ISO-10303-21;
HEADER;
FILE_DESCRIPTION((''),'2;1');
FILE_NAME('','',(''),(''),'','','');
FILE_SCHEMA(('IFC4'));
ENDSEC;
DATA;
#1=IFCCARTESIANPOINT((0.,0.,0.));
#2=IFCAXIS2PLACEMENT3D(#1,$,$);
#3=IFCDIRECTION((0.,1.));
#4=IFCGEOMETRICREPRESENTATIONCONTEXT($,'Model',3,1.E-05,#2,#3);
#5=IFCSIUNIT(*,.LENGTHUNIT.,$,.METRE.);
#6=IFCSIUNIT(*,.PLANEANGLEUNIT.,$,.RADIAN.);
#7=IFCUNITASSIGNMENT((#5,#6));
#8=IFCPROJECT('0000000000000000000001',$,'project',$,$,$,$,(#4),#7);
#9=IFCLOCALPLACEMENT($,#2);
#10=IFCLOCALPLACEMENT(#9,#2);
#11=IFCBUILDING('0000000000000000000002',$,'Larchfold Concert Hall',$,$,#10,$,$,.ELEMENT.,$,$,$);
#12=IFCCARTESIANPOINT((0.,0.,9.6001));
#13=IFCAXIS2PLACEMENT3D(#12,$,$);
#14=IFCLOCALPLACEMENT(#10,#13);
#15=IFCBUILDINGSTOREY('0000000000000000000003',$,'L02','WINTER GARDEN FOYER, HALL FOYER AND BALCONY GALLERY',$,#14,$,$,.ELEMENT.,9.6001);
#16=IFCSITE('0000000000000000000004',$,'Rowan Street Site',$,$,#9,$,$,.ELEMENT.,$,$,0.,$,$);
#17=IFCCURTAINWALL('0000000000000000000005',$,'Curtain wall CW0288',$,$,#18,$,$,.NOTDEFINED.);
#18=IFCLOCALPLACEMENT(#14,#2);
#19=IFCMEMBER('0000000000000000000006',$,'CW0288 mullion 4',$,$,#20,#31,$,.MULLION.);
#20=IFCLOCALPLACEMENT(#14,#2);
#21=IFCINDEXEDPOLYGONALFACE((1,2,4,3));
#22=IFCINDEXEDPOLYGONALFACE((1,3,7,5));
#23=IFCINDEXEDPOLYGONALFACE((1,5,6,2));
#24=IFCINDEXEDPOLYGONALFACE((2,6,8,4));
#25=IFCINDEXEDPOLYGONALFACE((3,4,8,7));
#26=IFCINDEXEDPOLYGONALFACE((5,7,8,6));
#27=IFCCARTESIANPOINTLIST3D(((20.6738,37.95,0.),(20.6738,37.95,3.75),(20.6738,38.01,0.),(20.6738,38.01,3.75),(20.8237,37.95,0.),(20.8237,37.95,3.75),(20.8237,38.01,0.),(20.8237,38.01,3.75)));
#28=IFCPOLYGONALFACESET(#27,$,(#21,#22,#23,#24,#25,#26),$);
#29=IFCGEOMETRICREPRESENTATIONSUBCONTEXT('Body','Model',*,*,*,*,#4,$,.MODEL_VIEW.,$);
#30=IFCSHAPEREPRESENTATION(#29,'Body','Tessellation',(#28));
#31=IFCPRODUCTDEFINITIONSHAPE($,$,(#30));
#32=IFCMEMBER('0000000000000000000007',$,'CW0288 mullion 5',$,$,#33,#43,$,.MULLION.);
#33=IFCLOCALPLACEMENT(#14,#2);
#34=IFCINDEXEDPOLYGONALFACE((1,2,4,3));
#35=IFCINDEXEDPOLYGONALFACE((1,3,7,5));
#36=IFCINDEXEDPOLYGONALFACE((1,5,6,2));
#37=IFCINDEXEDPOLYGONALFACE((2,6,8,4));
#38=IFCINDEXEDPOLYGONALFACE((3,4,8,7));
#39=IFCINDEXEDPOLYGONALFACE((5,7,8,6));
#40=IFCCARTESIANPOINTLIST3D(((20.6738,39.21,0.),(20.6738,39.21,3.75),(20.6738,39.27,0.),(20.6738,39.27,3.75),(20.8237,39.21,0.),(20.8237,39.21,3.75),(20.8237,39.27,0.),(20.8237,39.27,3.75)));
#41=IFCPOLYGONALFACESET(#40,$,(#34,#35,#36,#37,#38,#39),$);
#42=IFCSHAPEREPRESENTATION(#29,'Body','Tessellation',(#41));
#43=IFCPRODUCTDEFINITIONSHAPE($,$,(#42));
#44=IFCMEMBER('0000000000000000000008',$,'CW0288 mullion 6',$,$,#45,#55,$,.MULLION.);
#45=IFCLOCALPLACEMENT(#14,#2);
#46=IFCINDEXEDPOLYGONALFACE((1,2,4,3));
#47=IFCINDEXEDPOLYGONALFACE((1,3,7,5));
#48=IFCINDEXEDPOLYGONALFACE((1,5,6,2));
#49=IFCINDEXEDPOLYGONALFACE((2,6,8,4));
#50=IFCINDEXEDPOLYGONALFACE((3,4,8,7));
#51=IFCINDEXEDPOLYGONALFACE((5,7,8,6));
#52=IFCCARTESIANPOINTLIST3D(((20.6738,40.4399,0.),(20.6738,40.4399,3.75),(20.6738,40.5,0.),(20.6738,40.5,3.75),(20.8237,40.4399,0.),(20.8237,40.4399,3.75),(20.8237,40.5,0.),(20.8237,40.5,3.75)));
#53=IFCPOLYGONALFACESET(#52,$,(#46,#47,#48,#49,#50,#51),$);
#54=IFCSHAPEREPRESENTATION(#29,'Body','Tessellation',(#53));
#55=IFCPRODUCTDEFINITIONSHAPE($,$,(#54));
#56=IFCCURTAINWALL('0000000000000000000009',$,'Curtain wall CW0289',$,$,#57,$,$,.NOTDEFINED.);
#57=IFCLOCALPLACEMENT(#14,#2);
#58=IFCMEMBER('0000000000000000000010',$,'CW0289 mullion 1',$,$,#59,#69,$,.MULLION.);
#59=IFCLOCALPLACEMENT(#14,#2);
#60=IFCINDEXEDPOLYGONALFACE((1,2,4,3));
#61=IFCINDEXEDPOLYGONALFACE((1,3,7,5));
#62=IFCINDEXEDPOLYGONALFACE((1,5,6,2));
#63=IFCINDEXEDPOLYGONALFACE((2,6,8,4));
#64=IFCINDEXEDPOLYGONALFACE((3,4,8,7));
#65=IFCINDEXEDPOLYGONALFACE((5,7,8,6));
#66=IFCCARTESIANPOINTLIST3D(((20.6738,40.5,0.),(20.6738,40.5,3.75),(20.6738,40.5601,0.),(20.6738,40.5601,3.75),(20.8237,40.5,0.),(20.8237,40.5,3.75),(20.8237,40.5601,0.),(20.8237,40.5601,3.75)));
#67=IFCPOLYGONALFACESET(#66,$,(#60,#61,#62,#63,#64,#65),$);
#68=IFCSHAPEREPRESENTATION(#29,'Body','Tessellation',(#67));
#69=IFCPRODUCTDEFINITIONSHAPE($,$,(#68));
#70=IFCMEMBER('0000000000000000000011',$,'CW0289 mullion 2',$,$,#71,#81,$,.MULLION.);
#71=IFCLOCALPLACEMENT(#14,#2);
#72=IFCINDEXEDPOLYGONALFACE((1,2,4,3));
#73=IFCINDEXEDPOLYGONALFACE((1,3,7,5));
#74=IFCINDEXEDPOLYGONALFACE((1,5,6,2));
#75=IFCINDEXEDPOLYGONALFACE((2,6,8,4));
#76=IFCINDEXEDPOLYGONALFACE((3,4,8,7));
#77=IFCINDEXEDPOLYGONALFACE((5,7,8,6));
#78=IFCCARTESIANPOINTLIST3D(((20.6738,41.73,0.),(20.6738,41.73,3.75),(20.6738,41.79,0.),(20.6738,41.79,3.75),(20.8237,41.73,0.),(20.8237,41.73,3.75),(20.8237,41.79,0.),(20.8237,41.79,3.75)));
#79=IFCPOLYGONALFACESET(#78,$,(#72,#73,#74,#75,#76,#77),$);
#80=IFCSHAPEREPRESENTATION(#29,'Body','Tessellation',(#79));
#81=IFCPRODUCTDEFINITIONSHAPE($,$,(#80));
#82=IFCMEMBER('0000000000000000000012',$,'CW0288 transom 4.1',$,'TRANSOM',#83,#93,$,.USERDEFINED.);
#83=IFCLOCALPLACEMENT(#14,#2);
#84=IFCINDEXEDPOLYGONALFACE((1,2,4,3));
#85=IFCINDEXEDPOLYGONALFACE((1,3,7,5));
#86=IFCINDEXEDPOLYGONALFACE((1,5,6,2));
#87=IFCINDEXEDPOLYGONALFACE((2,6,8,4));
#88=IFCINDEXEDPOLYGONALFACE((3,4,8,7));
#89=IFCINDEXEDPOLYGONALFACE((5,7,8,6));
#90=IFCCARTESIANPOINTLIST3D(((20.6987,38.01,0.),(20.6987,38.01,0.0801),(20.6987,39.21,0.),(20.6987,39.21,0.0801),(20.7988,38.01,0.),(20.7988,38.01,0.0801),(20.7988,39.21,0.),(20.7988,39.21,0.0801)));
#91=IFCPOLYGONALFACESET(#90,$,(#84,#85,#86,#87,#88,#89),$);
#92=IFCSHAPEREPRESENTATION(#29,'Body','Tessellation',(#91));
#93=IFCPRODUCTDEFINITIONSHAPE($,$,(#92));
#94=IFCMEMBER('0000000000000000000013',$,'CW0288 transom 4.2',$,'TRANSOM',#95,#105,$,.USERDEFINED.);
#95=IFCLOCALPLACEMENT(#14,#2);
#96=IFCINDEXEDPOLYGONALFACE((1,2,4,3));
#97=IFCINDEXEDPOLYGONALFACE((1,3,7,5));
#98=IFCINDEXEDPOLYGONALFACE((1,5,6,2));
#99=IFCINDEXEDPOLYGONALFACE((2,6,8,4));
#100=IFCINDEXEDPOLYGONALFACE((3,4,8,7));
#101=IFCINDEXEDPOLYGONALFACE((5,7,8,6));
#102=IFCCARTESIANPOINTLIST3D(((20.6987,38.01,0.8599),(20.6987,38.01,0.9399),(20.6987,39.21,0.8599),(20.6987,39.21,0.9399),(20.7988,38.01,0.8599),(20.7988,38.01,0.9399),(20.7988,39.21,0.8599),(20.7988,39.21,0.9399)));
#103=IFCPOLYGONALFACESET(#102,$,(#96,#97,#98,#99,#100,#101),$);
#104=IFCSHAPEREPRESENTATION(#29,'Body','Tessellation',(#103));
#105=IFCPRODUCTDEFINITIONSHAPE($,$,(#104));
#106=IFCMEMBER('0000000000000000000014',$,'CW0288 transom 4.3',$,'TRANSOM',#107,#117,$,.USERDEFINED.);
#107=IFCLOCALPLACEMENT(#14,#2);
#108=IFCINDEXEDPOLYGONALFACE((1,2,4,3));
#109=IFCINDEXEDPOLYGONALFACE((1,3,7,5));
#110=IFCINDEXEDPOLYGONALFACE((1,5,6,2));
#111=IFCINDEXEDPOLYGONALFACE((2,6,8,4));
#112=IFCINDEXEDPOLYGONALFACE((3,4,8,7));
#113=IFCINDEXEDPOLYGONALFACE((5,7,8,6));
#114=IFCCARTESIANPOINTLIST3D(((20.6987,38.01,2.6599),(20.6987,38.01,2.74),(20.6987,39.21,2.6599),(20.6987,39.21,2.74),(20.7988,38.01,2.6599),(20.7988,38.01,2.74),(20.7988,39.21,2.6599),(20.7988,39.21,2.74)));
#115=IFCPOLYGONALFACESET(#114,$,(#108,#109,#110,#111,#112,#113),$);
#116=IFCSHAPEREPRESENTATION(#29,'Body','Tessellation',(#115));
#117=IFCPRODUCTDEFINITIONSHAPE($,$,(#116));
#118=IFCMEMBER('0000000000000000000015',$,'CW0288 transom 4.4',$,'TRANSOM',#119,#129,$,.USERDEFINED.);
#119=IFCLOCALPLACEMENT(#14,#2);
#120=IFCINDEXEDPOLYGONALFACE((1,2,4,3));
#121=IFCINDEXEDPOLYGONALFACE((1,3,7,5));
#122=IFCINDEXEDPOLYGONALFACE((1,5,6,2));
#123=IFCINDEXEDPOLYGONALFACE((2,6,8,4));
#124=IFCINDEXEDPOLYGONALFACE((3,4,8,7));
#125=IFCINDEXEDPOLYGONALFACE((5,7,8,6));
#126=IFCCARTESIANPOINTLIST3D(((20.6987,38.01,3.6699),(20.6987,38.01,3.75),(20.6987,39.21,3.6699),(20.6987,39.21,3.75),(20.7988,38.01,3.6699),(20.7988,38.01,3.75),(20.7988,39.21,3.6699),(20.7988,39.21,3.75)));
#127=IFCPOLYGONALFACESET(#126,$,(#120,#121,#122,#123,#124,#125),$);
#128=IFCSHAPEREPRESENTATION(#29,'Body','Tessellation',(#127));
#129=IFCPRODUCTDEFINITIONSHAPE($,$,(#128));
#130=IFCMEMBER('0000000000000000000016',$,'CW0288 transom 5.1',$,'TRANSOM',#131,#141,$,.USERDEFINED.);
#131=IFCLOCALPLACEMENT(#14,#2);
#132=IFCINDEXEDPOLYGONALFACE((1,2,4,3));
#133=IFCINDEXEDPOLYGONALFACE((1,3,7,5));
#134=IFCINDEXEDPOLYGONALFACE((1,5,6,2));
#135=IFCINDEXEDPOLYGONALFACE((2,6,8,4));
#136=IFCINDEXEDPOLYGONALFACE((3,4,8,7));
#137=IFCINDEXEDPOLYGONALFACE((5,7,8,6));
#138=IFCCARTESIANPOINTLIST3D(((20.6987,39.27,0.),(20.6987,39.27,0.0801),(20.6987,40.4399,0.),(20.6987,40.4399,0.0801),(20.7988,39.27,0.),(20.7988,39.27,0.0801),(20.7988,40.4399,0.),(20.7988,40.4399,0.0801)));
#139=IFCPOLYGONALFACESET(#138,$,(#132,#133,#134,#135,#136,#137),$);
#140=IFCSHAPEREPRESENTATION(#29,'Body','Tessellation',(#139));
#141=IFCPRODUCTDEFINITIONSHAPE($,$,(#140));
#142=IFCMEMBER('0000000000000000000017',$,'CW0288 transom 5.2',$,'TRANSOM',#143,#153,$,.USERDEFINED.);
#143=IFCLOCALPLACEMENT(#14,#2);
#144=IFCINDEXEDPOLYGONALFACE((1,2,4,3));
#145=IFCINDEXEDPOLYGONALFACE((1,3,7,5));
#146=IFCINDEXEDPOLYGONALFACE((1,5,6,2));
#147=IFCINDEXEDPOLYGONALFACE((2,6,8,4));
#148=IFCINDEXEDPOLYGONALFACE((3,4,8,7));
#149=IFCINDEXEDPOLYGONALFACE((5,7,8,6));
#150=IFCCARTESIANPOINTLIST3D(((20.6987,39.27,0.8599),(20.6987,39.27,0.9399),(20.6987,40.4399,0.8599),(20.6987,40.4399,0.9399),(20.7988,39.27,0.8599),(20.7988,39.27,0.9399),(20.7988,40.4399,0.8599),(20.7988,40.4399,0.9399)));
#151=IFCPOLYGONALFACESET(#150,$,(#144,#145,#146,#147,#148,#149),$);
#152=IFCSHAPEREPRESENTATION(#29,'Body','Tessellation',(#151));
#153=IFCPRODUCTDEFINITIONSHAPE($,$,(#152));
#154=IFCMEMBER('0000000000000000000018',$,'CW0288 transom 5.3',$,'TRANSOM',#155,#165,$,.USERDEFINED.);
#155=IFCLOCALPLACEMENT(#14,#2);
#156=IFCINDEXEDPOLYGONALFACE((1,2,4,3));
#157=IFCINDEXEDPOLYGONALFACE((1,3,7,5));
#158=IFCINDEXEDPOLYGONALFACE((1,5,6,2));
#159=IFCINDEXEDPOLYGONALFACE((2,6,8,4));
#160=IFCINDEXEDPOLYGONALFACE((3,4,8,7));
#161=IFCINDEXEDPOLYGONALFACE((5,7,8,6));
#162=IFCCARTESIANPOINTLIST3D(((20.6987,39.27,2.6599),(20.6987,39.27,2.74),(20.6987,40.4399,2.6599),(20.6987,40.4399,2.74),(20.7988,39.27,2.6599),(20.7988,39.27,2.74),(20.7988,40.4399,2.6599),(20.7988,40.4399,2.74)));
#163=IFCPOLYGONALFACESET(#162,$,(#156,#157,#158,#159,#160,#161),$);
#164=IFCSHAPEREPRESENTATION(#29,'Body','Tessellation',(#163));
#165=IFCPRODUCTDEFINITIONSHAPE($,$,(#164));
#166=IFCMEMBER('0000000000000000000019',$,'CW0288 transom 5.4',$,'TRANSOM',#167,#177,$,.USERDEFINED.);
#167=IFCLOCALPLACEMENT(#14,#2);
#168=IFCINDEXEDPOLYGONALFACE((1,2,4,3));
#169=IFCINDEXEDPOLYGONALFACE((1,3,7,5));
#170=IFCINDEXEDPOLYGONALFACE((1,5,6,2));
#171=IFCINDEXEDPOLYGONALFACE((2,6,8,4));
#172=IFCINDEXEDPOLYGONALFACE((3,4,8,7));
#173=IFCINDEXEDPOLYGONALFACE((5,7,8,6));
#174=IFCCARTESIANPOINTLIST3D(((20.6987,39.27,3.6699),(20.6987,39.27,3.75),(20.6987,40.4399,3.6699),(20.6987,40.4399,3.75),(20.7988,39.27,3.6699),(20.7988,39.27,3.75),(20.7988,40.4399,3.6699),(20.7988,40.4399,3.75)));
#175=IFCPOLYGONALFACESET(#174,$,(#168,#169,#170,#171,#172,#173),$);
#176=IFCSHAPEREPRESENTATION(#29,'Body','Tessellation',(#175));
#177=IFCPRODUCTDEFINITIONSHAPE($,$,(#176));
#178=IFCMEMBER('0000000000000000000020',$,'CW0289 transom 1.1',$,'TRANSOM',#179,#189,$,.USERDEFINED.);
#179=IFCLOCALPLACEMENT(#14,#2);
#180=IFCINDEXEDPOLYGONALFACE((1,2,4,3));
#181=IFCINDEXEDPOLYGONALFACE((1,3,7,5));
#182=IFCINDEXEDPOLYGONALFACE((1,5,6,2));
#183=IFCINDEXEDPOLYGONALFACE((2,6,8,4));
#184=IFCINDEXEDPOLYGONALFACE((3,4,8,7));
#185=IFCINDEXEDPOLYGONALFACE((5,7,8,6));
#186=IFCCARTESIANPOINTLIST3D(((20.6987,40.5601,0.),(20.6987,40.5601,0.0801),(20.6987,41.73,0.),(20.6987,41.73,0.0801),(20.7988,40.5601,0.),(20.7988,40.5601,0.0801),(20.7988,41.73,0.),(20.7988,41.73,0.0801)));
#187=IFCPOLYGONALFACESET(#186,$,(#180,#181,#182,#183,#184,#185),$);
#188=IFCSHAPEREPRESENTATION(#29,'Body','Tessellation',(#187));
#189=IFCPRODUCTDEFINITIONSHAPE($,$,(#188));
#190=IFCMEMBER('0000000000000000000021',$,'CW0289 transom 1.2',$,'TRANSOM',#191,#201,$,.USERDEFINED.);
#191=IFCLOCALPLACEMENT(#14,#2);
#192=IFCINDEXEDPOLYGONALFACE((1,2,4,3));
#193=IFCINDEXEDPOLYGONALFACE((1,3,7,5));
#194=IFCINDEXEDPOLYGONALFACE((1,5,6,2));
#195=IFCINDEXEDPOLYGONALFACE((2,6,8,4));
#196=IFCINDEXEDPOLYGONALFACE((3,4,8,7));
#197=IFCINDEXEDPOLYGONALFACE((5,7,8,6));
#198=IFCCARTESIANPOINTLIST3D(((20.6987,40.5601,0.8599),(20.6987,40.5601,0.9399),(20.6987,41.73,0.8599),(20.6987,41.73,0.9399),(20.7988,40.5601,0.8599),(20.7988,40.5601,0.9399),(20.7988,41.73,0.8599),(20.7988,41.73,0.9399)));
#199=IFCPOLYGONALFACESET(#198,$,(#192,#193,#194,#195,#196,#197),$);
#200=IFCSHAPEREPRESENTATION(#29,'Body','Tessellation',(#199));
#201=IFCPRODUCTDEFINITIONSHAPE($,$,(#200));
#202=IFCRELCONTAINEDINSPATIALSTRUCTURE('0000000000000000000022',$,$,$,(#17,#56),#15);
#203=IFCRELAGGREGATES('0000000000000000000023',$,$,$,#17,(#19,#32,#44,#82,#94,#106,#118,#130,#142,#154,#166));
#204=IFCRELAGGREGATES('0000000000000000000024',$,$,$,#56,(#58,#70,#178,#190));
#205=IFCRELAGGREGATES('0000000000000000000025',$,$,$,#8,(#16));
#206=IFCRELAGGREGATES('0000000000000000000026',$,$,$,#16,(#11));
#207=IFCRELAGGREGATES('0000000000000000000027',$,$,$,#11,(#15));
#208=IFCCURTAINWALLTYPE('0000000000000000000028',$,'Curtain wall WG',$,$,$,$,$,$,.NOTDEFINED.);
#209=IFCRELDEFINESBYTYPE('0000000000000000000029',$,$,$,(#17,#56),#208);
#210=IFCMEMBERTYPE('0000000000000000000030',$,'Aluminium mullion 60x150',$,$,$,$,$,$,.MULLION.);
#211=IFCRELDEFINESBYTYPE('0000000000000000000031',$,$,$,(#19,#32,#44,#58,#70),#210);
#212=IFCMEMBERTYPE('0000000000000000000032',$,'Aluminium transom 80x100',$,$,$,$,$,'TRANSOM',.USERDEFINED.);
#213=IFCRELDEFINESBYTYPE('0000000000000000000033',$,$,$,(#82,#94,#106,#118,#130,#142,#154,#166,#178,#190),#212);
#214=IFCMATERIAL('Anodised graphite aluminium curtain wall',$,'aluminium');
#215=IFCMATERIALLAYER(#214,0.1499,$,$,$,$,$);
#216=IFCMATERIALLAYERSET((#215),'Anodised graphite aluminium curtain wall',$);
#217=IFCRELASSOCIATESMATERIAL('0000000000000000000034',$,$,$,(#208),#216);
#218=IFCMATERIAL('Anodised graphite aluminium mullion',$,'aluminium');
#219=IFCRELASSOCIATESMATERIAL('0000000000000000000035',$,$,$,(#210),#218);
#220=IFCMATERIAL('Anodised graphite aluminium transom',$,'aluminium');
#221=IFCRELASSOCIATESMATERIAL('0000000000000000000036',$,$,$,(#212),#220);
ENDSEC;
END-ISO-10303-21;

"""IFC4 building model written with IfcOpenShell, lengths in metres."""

from ifc_helpers import new_model, si_unit, direction, frame, origin, origin_2d, place, context, subcontext, project, spatial, rectangle, extrude, material, layer, layer_set, material_profile, profile_set, type_object, element, aggregate, save


model = new_model("IFC4")

# Units and contexts
model_context = context("Model", 3, precision=1e-05, world=origin(), true_north=direction((0.0, 1.0)))
body_context = subcontext(model_context, "Body", "Model", "MODEL_VIEW")
ifc_project = project(units=[si_unit("LENGTHUNIT", "METRE"), si_unit("PLANEANGLEUNIT", "RADIAN")], contexts=[model_context])

# Site, building, storey
site_placement = place(None, origin())
site = spatial("IfcSite", under=ifc_project, at=site_placement, Name="Rowan Street Site", CompositionType="ELEMENT", RefElevation=0.0)
building_placement = place(site_placement, origin())
building = spatial("IfcBuilding", under=site, at=building_placement, Name="Larchfold Concert Hall", CompositionType="ELEMENT")
storey_placement = place(building_placement, frame((0.0, 0.0, 9.6001)))
storey = spatial("IfcBuildingStorey", under=building, at=storey_placement, Name="L02", Description="WINTER GARDEN FOYER, HALL FOYER AND BALCONY GALLERY", CompositionType="ELEMENT", Elevation=9.6001)

# Curtain walls, members
ifc_material_1 = material(Name="Anodised graphite aluminium curtain wall", Category="aluminium")
ifc_layer_1 = layer(ifc_material_1, 0.1499)
ifc_layer_set_1 = layer_set([ifc_layer_1], Name="Anodised graphite aluminium curtain wall")
curtain_wall_type = type_object("IfcCurtainWallType", Name="Curtain wall WG", PredefinedType="NOTDEFINED", material=ifc_layer_set_1)
curtain_wall_1_placement = place(storey_placement, origin())
curtain_wall_1 = element("IfcCurtainWall", 1, at=curtain_wall_1_placement, inside=storey, type_object=curtain_wall_type, Name="Curtain wall CW0288", PredefinedType="NOTDEFINED")
ifc_material_2 = material(Name="Anodised graphite aluminium mullion", Category="aluminium")
ifc_material_profile_1 = material_profile(ifc_material_2, rectangle(XDim=0.1499, YDim=0.0601, at=origin_2d()))
ifc_profile_set_1 = profile_set([ifc_material_profile_1], Name="Anodised graphite aluminium mullion")
member_type_1 = type_object("IfcMemberType", Name="Aluminium mullion 60x150", PredefinedType="MULLION", material=ifc_profile_set_1)
member_1_placement = place(storey_placement, frame((20.7488, 37.98, 0.0), z_axis=(0.0, 0.0, 1.0), x_axis=(-1.0, 0.0, 0.0)))
member_1 = element("IfcMember", 2, at=member_1_placement, type_object=member_type_1, Name="CW0288 mullion 4", PredefinedType="MULLION", context=body_context, shape_type="SweptSolid", body=[
    extrude(rectangle(XDim=0.1499, YDim=0.0601, at=origin_2d()), origin(), (0.0, 0.0, 1.0), 3.75),
])
member_2_placement = place(storey_placement, frame((20.7488, 39.24, 0.0), z_axis=(0.0, 0.0, 1.0), x_axis=(-1.0, 0.0, 0.0)))
member_2 = element("IfcMember", 3, at=member_2_placement, type_object=member_type_1, Name="CW0288 mullion 5", PredefinedType="MULLION", context=body_context, shape_type="SweptSolid", body=[
    extrude(rectangle(XDim=0.1499, YDim=0.0601, at=origin_2d()), origin(), (0.0, 0.0, 1.0), 3.75),
])
member_3_placement = place(storey_placement, frame((20.7488, 40.47, 0.0), z_axis=(0.0, 0.0, 1.0), x_axis=(-1.0, 0.0, 0.0)))
member_3 = element("IfcMember", 4, at=member_3_placement, type_object=member_type_1, Name="CW0288 mullion 6", PredefinedType="MULLION", context=body_context, shape_type="SweptSolid", body=[
    extrude(rectangle(XDim=0.1499, YDim=0.0601, at=origin_2d()), origin(), (0.0, 0.0, 1.0), 3.75),
])
curtain_wall_2_placement = place(storey_placement, origin())
curtain_wall_2 = element("IfcCurtainWall", 5, at=curtain_wall_2_placement, inside=storey, type_object=curtain_wall_type, Name="Curtain wall CW0289", PredefinedType="NOTDEFINED")
member_4_placement = place(storey_placement, frame((20.7488, 40.53, 0.0), z_axis=(0.0, 0.0, 1.0), x_axis=(-1.0, 0.0, 0.0)))
member_4 = element("IfcMember", 6, at=member_4_placement, type_object=member_type_1, Name="CW0289 mullion 1", PredefinedType="MULLION", context=body_context, shape_type="SweptSolid", body=[
    extrude(rectangle(XDim=0.1499, YDim=0.0601, at=origin_2d()), origin(), (0.0, 0.0, 1.0), 3.75),
])
member_5_placement = place(storey_placement, frame((20.7488, 41.76, 0.0), z_axis=(0.0, 0.0, 1.0), x_axis=(-1.0, 0.0, 0.0)))
member_5 = element("IfcMember", 7, at=member_5_placement, type_object=member_type_1, Name="CW0289 mullion 2", PredefinedType="MULLION", context=body_context, shape_type="SweptSolid", body=[
    extrude(rectangle(XDim=0.1499, YDim=0.0601, at=origin_2d()), origin(), (0.0, 0.0, 1.0), 3.75),
])

# Members
ifc_material_3 = material(Name="Anodised graphite aluminium transom", Category="aluminium")
ifc_material_profile_2 = material_profile(ifc_material_3, rectangle(XDim=0.1001, YDim=0.0801, at=origin_2d()))
ifc_profile_set_2 = profile_set([ifc_material_profile_2], Name="Anodised graphite aluminium transom")
member_type_2 = type_object("IfcMemberType", Name="Aluminium transom 80x100", ElementType="TRANSOM", PredefinedType="USERDEFINED", material=ifc_profile_set_2)
member_6_placement = place(storey_placement, frame((20.7488, 38.01, 0.04), z_axis=(0.0, 1.0, 0.0), x_axis=(-1.0, 0.0, 0.0)))
member_6 = element("IfcMember", 8, at=member_6_placement, type_object=member_type_2, Name="CW0288 transom 4.1", ObjectType="TRANSOM", PredefinedType="USERDEFINED", context=body_context, shape_type="SweptSolid", body=[
    extrude(rectangle(XDim=0.1001, YDim=0.0801, at=origin_2d()), origin(), (0.0, 0.0, 1.0), 1.2),
])
member_7_placement = place(storey_placement, frame((20.7488, 38.01, 0.8999), z_axis=(0.0, 1.0, 0.0), x_axis=(-1.0, 0.0, 0.0)))
member_7 = element("IfcMember", 9, at=member_7_placement, type_object=member_type_2, Name="CW0288 transom 4.2", ObjectType="TRANSOM", PredefinedType="USERDEFINED", context=body_context, shape_type="SweptSolid", body=[
    extrude(rectangle(XDim=0.1001, YDim=0.0801, at=origin_2d()), origin(), (0.0, 0.0, 1.0), 1.2),
])
member_8_placement = place(storey_placement, frame((20.7488, 38.01, 2.7), z_axis=(0.0, 1.0, 0.0), x_axis=(-1.0, 0.0, 0.0)))
member_8 = element("IfcMember", 10, at=member_8_placement, type_object=member_type_2, Name="CW0288 transom 4.3", ObjectType="TRANSOM", PredefinedType="USERDEFINED", context=body_context, shape_type="SweptSolid", body=[
    extrude(rectangle(XDim=0.1001, YDim=0.0801, at=origin_2d()), origin(), (0.0, 0.0, 1.0), 1.2),
])
member_9_placement = place(storey_placement, frame((20.7488, 38.01, 3.71), z_axis=(0.0, 1.0, 0.0), x_axis=(-1.0, 0.0, 0.0)))
member_9 = element("IfcMember", 11, at=member_9_placement, type_object=member_type_2, Name="CW0288 transom 4.4", ObjectType="TRANSOM", PredefinedType="USERDEFINED", context=body_context, shape_type="SweptSolid", body=[
    extrude(rectangle(XDim=0.1001, YDim=0.0801, at=origin_2d()), origin(), (0.0, 0.0, 1.0), 1.2),
])
member_10_placement = place(storey_placement, frame((20.7488, 39.27, 0.04), z_axis=(0.0, 1.0, 0.0), x_axis=(-1.0, 0.0, 0.0)))
member_10 = element("IfcMember", 12, at=member_10_placement, type_object=member_type_2, Name="CW0288 transom 5.1", ObjectType="TRANSOM", PredefinedType="USERDEFINED", context=body_context, shape_type="SweptSolid", body=[
    extrude(rectangle(XDim=0.1001, YDim=0.0801, at=origin_2d()), origin(), (0.0, 0.0, 1.0), 1.1699),
])
member_11_placement = place(storey_placement, frame((20.7488, 39.27, 0.8999), z_axis=(0.0, 1.0, 0.0), x_axis=(-1.0, 0.0, 0.0)))
member_11 = element("IfcMember", 13, at=member_11_placement, type_object=member_type_2, Name="CW0288 transom 5.2", ObjectType="TRANSOM", PredefinedType="USERDEFINED", context=body_context, shape_type="SweptSolid", body=[
    extrude(rectangle(XDim=0.1001, YDim=0.0801, at=origin_2d()), origin(), (0.0, 0.0, 1.0), 1.1699),
])
member_12_placement = place(storey_placement, frame((20.7488, 39.27, 2.7), z_axis=(0.0, 1.0, 0.0), x_axis=(-1.0, 0.0, 0.0)))
member_12 = element("IfcMember", 14, at=member_12_placement, type_object=member_type_2, Name="CW0288 transom 5.3", ObjectType="TRANSOM", PredefinedType="USERDEFINED", context=body_context, shape_type="SweptSolid", body=[
    extrude(rectangle(XDim=0.1001, YDim=0.0801, at=origin_2d()), origin(), (0.0, 0.0, 1.0), 1.1699),
])
member_13_placement = place(storey_placement, frame((20.7488, 39.27, 3.71), z_axis=(0.0, 1.0, 0.0), x_axis=(-1.0, 0.0, 0.0)))
member_13 = element("IfcMember", 15, at=member_13_placement, type_object=member_type_2, Name="CW0288 transom 5.4", ObjectType="TRANSOM", PredefinedType="USERDEFINED", context=body_context, shape_type="SweptSolid", body=[
    extrude(rectangle(XDim=0.1001, YDim=0.0801, at=origin_2d()), origin(), (0.0, 0.0, 1.0), 1.1699),
])
member_14_placement = place(storey_placement, frame((20.7488, 40.5601, 0.04), z_axis=(0.0, 1.0, 0.0), x_axis=(-1.0, 0.0, 0.0)))
member_14 = element("IfcMember", 16, at=member_14_placement, type_object=member_type_2, Name="CW0289 transom 1.1", ObjectType="TRANSOM", PredefinedType="USERDEFINED", context=body_context, shape_type="SweptSolid", body=[
    extrude(rectangle(XDim=0.1001, YDim=0.0801, at=origin_2d()), origin(), (0.0, 0.0, 1.0), 1.1699),
])
member_15_placement = place(storey_placement, frame((20.7488, 40.5601, 0.8999), z_axis=(0.0, 1.0, 0.0), x_axis=(-1.0, 0.0, 0.0)))
member_15 = element("IfcMember", 17, at=member_15_placement, type_object=member_type_2, Name="CW0289 transom 1.2", ObjectType="TRANSOM", PredefinedType="USERDEFINED", context=body_context, shape_type="SweptSolid", body=[
    extrude(rectangle(XDim=0.1001, YDim=0.0801, at=origin_2d()), origin(), (0.0, 0.0, 1.0), 1.1699),
])

aggregate(curtain_wall_1, [member_1, member_2, member_3, member_6, member_7, member_8, member_9, member_10, member_11, member_12, member_13])
aggregate(curtain_wall_2, [member_4, member_5, member_14, member_15])

save(model, "model.ifc")
